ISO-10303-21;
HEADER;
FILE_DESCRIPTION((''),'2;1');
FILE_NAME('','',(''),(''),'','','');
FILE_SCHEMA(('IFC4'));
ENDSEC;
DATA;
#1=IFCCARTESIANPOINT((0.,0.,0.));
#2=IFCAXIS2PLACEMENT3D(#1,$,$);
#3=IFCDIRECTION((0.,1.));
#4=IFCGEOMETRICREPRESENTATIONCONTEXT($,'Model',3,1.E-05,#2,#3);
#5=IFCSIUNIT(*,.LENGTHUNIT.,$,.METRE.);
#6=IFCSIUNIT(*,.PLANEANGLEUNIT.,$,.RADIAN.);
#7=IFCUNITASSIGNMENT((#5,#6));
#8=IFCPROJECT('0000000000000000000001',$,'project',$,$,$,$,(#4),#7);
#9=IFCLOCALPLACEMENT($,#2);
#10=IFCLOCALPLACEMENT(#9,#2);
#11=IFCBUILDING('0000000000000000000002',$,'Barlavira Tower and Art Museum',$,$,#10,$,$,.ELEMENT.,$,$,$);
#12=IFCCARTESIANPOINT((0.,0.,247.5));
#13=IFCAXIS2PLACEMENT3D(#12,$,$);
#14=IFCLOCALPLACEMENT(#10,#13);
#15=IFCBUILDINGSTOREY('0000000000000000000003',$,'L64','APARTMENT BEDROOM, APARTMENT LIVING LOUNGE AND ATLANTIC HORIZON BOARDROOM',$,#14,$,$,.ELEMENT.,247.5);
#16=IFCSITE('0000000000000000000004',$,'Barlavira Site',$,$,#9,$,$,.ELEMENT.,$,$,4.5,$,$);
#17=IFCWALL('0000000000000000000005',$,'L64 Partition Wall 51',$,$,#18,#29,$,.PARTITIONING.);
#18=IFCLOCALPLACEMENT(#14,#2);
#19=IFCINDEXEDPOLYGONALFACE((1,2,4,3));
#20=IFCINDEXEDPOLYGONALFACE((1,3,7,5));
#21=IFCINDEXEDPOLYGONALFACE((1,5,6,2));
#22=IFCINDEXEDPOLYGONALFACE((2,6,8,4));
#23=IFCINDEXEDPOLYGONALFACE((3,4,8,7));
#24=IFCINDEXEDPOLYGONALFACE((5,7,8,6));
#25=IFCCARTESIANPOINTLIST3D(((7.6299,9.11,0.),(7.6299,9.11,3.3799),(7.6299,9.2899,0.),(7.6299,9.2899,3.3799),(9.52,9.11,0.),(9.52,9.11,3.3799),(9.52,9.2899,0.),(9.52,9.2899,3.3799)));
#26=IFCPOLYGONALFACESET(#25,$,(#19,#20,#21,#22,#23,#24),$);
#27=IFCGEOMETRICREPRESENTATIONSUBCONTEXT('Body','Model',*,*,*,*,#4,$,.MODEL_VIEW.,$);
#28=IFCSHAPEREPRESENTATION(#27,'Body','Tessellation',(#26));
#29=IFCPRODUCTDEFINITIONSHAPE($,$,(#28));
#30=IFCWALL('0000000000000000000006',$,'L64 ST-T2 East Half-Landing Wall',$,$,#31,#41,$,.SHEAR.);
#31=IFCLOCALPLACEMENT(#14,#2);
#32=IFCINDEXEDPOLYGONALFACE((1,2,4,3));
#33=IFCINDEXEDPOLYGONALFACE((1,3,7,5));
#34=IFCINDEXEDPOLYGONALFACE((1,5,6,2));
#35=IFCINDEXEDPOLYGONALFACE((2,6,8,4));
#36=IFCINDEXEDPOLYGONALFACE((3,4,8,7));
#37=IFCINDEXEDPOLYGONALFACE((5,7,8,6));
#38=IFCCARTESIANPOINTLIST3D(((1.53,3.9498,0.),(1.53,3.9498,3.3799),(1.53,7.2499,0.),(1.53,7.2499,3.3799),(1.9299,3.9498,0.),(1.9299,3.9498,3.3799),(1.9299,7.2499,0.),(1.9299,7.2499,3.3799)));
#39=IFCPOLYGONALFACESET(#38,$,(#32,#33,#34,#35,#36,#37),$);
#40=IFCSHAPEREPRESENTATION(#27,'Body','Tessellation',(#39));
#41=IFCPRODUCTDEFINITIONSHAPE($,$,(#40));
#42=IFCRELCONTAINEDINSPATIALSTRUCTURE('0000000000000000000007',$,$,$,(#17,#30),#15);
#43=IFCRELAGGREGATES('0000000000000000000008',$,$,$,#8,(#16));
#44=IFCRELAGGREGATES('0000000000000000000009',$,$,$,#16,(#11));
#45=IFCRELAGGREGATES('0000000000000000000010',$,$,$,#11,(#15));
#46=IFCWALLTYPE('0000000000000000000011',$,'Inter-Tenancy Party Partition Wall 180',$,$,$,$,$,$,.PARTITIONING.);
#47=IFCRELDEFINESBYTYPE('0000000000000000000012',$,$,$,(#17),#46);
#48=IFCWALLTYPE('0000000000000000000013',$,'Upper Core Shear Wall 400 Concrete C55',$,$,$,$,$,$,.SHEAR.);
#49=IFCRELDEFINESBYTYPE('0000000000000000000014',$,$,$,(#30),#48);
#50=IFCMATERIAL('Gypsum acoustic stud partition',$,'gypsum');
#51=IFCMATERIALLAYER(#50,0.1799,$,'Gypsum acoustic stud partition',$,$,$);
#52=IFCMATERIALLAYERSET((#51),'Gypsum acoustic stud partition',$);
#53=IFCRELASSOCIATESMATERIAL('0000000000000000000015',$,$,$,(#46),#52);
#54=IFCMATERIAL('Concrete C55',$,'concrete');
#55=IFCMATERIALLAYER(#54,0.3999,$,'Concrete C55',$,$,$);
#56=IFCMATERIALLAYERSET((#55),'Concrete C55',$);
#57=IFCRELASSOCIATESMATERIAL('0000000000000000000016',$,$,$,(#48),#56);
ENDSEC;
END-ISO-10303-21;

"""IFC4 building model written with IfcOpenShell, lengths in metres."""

from ifc_helpers import new_model, si_unit, direction, frame, frame_2d, origin, place, context, subcontext, project, spatial, rectangle, extrude, material, layer, layer_set, type_object, element, save


model = new_model("IFC4")

# Units and contexts
model_context = context("Model", 3, precision=1e-05, world=origin(), true_north=direction((0.0, 1.0)))
body_context = subcontext(model_context, "Body", "Model", "MODEL_VIEW")
ifc_project = project(units=[si_unit("LENGTHUNIT", "METRE"), si_unit("PLANEANGLEUNIT", "RADIAN")], contexts=[model_context])

# Site, building, storey
site_placement = place(None, origin())
site = spatial("IfcSite", under=ifc_project, at=site_placement, Name="Barlavira Site", CompositionType="ELEMENT", RefElevation=4.5)
building_placement = place(site_placement, origin())
building = spatial("IfcBuilding", under=site, at=building_placement, Name="Barlavira Tower and Art Museum", CompositionType="ELEMENT")
storey_placement = place(building_placement, frame((0.0, 0.0, 247.5)))
storey = spatial("IfcBuildingStorey", under=building, at=storey_placement, Name="L64", Description="APARTMENT BEDROOM, APARTMENT LIVING LOUNGE AND ATLANTIC HORIZON BOARDROOM", CompositionType="ELEMENT", Elevation=247.5)

# Shared definitions
ifc_material_1 = material(Name="Gypsum acoustic stud partition", Category="gypsum")

# Shared definitions
ifc_layer_1 = layer(ifc_material_1, 0.1799, Name="Gypsum acoustic stud partition")
ifc_layer_set_1 = layer_set([ifc_layer_1], Name="Gypsum acoustic stud partition")
wall_type_1 = type_object("IfcWallType", Name="Inter-Tenancy Party Partition Wall 180", PredefinedType="PARTITIONING", material=ifc_layer_set_1)

# Walls
wall_1_placement = place(storey_placement, frame((7.6299, 9.2, 0.0), z_axis=(0.0, 0.0, 1.0), x_axis=(1.0, 0.0, 0.0)))
element("IfcWall", 1, at=wall_1_placement, inside=storey, type_object=wall_type_1, Name="L64 Partition Wall 51", PredefinedType="PARTITIONING", context=body_context, shape_type="SweptSolid", body=[
    extrude(rectangle(XDim=1.8901, YDim=0.1799, at=frame_2d((0.9451, 0.0))), origin(), (0.0, 0.0, 1.0), 3.3799),
])
ifc_material_2 = material(Name="Concrete C55", Category="concrete")
ifc_layer_2 = layer(ifc_material_2, 0.3999, Name="Concrete C55")
ifc_layer_set_2 = layer_set([ifc_layer_2], Name="Concrete C55")
wall_type_2 = type_object("IfcWallType", Name="Upper Core Shear Wall 400 Concrete C55", PredefinedType="SHEAR", material=ifc_layer_set_2)
wall_2_placement = place(storey_placement, frame((1.73, 3.95, 0.0), z_axis=(0.0, 0.0, 1.0), x_axis=(0.0, 1.0, 0.0)))
element("IfcWall", 2, at=wall_2_placement, inside=storey, type_object=wall_type_2, Name="L64 ST-T2 East Half-Landing Wall", PredefinedType="SHEAR", context=body_context, shape_type="SweptSolid", body=[
    extrude(rectangle(XDim=3.3, YDim=0.3999, at=frame_2d((1.6499, 0.0))), origin(), (0.0, 0.0, 1.0), 3.3799),
])

save(model, "model.ifc")
